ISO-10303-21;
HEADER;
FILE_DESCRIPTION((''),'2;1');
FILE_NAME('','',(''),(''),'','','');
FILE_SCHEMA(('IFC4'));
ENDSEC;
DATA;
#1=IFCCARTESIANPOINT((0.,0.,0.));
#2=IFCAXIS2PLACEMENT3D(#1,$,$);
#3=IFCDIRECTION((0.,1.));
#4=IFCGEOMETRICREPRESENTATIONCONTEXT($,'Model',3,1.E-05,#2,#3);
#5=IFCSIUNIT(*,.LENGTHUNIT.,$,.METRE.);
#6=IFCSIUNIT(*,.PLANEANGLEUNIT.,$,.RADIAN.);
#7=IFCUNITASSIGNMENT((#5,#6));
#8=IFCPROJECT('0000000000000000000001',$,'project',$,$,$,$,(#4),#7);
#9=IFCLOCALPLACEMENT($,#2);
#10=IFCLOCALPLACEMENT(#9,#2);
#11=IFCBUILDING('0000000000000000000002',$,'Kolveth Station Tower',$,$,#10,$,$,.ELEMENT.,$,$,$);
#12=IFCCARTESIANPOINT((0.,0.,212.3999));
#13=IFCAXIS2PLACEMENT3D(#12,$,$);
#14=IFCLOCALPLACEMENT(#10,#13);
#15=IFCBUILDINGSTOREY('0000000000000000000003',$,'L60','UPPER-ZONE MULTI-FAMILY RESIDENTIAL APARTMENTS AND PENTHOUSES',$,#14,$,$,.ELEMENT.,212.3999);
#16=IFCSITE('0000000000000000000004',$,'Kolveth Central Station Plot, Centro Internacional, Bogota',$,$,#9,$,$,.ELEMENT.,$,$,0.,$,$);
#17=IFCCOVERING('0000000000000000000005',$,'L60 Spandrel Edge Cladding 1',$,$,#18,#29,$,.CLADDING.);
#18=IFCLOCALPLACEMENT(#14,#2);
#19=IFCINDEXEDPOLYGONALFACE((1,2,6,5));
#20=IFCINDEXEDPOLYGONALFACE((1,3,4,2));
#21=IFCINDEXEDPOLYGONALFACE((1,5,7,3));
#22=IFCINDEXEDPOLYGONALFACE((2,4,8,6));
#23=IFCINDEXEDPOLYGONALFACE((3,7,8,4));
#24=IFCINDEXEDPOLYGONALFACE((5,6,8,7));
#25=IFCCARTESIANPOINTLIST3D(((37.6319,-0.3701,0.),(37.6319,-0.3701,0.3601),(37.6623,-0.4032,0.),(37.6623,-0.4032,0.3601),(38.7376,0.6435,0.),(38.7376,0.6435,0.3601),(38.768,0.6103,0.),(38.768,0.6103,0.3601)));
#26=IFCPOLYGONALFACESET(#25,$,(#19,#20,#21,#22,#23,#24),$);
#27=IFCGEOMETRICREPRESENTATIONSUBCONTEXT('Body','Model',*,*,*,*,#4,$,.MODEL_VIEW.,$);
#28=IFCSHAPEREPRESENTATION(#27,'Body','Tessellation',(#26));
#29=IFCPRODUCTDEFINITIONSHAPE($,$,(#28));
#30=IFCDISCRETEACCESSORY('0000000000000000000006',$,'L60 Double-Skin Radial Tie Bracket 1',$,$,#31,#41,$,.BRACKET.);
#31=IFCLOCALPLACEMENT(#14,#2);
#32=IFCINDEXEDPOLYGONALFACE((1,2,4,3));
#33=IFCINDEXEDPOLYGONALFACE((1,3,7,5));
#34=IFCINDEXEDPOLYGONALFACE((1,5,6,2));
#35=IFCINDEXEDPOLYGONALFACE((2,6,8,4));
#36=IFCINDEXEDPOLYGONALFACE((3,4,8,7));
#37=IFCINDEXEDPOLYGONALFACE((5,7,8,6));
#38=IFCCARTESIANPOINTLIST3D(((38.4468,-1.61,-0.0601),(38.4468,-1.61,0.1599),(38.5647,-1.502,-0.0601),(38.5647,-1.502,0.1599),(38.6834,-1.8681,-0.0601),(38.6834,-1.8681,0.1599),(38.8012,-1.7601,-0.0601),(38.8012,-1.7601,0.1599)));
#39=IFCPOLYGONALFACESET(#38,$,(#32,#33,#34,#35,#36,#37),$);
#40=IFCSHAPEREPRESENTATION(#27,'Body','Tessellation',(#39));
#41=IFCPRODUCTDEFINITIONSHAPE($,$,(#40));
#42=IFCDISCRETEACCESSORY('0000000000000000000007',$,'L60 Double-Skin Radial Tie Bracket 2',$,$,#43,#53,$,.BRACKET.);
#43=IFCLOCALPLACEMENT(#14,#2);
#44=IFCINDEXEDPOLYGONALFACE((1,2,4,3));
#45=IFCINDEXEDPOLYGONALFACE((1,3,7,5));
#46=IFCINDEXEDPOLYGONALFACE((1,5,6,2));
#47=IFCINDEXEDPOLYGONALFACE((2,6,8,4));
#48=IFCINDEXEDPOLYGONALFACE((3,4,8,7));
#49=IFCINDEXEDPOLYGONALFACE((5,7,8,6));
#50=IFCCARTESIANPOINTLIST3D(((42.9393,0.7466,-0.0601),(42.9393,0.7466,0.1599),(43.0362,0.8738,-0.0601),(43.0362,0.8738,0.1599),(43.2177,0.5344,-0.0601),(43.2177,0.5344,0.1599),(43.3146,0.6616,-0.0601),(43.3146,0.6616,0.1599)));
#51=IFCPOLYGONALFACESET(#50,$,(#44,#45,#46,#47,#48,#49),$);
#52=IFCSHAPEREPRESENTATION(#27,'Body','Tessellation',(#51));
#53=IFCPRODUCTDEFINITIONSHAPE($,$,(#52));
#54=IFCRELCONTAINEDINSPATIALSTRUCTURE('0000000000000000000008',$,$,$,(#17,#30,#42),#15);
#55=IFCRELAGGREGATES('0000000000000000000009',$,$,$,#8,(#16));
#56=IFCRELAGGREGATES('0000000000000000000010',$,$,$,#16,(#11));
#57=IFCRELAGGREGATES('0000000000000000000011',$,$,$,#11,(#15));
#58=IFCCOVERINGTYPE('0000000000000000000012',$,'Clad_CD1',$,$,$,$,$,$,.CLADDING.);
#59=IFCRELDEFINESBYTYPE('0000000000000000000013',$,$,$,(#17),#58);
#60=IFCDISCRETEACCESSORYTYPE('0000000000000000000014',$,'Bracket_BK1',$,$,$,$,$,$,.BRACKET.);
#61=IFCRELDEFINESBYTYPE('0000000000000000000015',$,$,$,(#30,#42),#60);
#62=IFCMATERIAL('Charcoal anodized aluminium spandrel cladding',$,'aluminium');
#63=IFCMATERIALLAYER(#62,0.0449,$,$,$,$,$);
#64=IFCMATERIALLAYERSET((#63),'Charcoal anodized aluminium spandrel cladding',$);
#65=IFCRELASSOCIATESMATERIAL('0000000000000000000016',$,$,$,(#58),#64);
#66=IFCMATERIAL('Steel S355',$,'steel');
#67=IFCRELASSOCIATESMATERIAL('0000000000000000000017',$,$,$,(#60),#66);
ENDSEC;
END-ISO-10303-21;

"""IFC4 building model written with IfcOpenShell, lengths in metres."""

from ifc_helpers import new_model, si_unit, direction, frame, origin, origin_2d, place, context, subcontext, project, spatial, rectangle, extrude, source, transform, mapped, material, layer, layer_set, type_object, element, save


model = new_model("IFC4")

# Units and contexts
model_context = context("Model", 3, precision=1e-05, world=origin(), true_north=direction((0.0, 1.0)))
body_context = subcontext(model_context, "Body", "Model", "MODEL_VIEW")
ifc_project = project(units=[si_unit("LENGTHUNIT", "METRE"), si_unit("PLANEANGLEUNIT", "RADIAN")], contexts=[model_context])

# Site, building, storey
site_placement = place(None, origin())
site = spatial("IfcSite", under=ifc_project, at=site_placement, Name="Kolveth Central Station Plot, Centro Internacional, Bogota", CompositionType="ELEMENT", RefElevation=0.0)
building_placement = place(site_placement, origin())
building = spatial("IfcBuilding", under=site, at=building_placement, Name="Kolveth Station Tower", CompositionType="ELEMENT")
storey_placement = place(building_placement, frame((0.0, 0.0, 212.3999)))
storey = spatial("IfcBuildingStorey", under=building, at=storey_placement, Name="L60", Description="UPPER-ZONE MULTI-FAMILY RESIDENTIAL APARTMENTS AND PENTHOUSES", CompositionType="ELEMENT", Elevation=212.3999)

# Covering
ifc_material_1 = material(Name="Charcoal anodized aluminium spandrel cladding", Category="aluminium")
ifc_layer_1 = layer(ifc_material_1, 0.0449)
ifc_layer_set_1 = layer_set([ifc_layer_1], Name="Charcoal anodized aluminium spandrel cladding")
covering_type = type_object("IfcCoveringType", Name="Clad_CD1", PredefinedType="CLADDING", material=ifc_layer_set_1)
shared_shape_1 = source(origin(), body_context, "Body", "SweptSolid", [
    extrude(rectangle(XDim=1.5, YDim=0.0449, at=origin_2d()), origin(), (0.0, 0.0, 1.0), 0.3601),
])
covering_placement = place(storey_placement, frame((38.2, 0.1201, 0.0), z_axis=(0.0, 0.0, 1.0), x_axis=(0.737159, 0.675719, 0.0)))
element("IfcCovering", 1, at=covering_placement, inside=storey, type_object=covering_type, Name="L60 Spandrel Edge Cladding 1", PredefinedType="CLADDING", context=body_context, shape_type="MappedRepresentation", body=[
    mapped(shared_shape_1, transform((0.0, 0.0, 0.0), x_axis=(1.0, 0.0, 0.0), y_axis=(0.0, 1.0, 0.0), z_axis=(0.0, 0.0, 1.0), scale=1.0)),
])

# Discrete accessories
ifc_material_2 = material(Name="Steel S355", Category="steel")
discrete_accessory_type = type_object("IfcDiscreteAccessoryType", Name="Bracket_BK1", PredefinedType="BRACKET", material=ifc_material_2)
shared_shape_2 = source(origin(), body_context, "Body", "SweptSolid", [
    extrude(rectangle(XDim=0.3501, YDim=0.1599, at=origin_2d()), origin(), (0.0, 0.0, 1.0), 0.22),
])
for number, where, z_axis, x_axis, name in (
    (2, (38.624, -1.6851, -0.0601), (0.0, 0.0, 1.0), (0.675719, -0.737159, 0.0), "L60 Double-Skin Radial Tie Bracket 1"),
    (3, (43.127, 0.7041, -0.0601), (0.0, 0.0, 1.0), (0.795262, -0.606266, 0.0), "L60 Double-Skin Radial Tie Bracket 2"),
):
    element("IfcDiscreteAccessory", number, at=place(storey_placement, frame(where, z_axis=z_axis, x_axis=x_axis)), inside=storey, type_object=discrete_accessory_type, Name=name, PredefinedType="BRACKET", context=body_context, shape_type="MappedRepresentation", body=[
        mapped(shared_shape_2, transform((0.0, 0.0, 0.0), x_axis=(1.0, 0.0, 0.0), y_axis=(0.0, 1.0, 0.0), z_axis=(0.0, 0.0, 1.0), scale=1.0)),
    ])

save(model, "model.ifc")
